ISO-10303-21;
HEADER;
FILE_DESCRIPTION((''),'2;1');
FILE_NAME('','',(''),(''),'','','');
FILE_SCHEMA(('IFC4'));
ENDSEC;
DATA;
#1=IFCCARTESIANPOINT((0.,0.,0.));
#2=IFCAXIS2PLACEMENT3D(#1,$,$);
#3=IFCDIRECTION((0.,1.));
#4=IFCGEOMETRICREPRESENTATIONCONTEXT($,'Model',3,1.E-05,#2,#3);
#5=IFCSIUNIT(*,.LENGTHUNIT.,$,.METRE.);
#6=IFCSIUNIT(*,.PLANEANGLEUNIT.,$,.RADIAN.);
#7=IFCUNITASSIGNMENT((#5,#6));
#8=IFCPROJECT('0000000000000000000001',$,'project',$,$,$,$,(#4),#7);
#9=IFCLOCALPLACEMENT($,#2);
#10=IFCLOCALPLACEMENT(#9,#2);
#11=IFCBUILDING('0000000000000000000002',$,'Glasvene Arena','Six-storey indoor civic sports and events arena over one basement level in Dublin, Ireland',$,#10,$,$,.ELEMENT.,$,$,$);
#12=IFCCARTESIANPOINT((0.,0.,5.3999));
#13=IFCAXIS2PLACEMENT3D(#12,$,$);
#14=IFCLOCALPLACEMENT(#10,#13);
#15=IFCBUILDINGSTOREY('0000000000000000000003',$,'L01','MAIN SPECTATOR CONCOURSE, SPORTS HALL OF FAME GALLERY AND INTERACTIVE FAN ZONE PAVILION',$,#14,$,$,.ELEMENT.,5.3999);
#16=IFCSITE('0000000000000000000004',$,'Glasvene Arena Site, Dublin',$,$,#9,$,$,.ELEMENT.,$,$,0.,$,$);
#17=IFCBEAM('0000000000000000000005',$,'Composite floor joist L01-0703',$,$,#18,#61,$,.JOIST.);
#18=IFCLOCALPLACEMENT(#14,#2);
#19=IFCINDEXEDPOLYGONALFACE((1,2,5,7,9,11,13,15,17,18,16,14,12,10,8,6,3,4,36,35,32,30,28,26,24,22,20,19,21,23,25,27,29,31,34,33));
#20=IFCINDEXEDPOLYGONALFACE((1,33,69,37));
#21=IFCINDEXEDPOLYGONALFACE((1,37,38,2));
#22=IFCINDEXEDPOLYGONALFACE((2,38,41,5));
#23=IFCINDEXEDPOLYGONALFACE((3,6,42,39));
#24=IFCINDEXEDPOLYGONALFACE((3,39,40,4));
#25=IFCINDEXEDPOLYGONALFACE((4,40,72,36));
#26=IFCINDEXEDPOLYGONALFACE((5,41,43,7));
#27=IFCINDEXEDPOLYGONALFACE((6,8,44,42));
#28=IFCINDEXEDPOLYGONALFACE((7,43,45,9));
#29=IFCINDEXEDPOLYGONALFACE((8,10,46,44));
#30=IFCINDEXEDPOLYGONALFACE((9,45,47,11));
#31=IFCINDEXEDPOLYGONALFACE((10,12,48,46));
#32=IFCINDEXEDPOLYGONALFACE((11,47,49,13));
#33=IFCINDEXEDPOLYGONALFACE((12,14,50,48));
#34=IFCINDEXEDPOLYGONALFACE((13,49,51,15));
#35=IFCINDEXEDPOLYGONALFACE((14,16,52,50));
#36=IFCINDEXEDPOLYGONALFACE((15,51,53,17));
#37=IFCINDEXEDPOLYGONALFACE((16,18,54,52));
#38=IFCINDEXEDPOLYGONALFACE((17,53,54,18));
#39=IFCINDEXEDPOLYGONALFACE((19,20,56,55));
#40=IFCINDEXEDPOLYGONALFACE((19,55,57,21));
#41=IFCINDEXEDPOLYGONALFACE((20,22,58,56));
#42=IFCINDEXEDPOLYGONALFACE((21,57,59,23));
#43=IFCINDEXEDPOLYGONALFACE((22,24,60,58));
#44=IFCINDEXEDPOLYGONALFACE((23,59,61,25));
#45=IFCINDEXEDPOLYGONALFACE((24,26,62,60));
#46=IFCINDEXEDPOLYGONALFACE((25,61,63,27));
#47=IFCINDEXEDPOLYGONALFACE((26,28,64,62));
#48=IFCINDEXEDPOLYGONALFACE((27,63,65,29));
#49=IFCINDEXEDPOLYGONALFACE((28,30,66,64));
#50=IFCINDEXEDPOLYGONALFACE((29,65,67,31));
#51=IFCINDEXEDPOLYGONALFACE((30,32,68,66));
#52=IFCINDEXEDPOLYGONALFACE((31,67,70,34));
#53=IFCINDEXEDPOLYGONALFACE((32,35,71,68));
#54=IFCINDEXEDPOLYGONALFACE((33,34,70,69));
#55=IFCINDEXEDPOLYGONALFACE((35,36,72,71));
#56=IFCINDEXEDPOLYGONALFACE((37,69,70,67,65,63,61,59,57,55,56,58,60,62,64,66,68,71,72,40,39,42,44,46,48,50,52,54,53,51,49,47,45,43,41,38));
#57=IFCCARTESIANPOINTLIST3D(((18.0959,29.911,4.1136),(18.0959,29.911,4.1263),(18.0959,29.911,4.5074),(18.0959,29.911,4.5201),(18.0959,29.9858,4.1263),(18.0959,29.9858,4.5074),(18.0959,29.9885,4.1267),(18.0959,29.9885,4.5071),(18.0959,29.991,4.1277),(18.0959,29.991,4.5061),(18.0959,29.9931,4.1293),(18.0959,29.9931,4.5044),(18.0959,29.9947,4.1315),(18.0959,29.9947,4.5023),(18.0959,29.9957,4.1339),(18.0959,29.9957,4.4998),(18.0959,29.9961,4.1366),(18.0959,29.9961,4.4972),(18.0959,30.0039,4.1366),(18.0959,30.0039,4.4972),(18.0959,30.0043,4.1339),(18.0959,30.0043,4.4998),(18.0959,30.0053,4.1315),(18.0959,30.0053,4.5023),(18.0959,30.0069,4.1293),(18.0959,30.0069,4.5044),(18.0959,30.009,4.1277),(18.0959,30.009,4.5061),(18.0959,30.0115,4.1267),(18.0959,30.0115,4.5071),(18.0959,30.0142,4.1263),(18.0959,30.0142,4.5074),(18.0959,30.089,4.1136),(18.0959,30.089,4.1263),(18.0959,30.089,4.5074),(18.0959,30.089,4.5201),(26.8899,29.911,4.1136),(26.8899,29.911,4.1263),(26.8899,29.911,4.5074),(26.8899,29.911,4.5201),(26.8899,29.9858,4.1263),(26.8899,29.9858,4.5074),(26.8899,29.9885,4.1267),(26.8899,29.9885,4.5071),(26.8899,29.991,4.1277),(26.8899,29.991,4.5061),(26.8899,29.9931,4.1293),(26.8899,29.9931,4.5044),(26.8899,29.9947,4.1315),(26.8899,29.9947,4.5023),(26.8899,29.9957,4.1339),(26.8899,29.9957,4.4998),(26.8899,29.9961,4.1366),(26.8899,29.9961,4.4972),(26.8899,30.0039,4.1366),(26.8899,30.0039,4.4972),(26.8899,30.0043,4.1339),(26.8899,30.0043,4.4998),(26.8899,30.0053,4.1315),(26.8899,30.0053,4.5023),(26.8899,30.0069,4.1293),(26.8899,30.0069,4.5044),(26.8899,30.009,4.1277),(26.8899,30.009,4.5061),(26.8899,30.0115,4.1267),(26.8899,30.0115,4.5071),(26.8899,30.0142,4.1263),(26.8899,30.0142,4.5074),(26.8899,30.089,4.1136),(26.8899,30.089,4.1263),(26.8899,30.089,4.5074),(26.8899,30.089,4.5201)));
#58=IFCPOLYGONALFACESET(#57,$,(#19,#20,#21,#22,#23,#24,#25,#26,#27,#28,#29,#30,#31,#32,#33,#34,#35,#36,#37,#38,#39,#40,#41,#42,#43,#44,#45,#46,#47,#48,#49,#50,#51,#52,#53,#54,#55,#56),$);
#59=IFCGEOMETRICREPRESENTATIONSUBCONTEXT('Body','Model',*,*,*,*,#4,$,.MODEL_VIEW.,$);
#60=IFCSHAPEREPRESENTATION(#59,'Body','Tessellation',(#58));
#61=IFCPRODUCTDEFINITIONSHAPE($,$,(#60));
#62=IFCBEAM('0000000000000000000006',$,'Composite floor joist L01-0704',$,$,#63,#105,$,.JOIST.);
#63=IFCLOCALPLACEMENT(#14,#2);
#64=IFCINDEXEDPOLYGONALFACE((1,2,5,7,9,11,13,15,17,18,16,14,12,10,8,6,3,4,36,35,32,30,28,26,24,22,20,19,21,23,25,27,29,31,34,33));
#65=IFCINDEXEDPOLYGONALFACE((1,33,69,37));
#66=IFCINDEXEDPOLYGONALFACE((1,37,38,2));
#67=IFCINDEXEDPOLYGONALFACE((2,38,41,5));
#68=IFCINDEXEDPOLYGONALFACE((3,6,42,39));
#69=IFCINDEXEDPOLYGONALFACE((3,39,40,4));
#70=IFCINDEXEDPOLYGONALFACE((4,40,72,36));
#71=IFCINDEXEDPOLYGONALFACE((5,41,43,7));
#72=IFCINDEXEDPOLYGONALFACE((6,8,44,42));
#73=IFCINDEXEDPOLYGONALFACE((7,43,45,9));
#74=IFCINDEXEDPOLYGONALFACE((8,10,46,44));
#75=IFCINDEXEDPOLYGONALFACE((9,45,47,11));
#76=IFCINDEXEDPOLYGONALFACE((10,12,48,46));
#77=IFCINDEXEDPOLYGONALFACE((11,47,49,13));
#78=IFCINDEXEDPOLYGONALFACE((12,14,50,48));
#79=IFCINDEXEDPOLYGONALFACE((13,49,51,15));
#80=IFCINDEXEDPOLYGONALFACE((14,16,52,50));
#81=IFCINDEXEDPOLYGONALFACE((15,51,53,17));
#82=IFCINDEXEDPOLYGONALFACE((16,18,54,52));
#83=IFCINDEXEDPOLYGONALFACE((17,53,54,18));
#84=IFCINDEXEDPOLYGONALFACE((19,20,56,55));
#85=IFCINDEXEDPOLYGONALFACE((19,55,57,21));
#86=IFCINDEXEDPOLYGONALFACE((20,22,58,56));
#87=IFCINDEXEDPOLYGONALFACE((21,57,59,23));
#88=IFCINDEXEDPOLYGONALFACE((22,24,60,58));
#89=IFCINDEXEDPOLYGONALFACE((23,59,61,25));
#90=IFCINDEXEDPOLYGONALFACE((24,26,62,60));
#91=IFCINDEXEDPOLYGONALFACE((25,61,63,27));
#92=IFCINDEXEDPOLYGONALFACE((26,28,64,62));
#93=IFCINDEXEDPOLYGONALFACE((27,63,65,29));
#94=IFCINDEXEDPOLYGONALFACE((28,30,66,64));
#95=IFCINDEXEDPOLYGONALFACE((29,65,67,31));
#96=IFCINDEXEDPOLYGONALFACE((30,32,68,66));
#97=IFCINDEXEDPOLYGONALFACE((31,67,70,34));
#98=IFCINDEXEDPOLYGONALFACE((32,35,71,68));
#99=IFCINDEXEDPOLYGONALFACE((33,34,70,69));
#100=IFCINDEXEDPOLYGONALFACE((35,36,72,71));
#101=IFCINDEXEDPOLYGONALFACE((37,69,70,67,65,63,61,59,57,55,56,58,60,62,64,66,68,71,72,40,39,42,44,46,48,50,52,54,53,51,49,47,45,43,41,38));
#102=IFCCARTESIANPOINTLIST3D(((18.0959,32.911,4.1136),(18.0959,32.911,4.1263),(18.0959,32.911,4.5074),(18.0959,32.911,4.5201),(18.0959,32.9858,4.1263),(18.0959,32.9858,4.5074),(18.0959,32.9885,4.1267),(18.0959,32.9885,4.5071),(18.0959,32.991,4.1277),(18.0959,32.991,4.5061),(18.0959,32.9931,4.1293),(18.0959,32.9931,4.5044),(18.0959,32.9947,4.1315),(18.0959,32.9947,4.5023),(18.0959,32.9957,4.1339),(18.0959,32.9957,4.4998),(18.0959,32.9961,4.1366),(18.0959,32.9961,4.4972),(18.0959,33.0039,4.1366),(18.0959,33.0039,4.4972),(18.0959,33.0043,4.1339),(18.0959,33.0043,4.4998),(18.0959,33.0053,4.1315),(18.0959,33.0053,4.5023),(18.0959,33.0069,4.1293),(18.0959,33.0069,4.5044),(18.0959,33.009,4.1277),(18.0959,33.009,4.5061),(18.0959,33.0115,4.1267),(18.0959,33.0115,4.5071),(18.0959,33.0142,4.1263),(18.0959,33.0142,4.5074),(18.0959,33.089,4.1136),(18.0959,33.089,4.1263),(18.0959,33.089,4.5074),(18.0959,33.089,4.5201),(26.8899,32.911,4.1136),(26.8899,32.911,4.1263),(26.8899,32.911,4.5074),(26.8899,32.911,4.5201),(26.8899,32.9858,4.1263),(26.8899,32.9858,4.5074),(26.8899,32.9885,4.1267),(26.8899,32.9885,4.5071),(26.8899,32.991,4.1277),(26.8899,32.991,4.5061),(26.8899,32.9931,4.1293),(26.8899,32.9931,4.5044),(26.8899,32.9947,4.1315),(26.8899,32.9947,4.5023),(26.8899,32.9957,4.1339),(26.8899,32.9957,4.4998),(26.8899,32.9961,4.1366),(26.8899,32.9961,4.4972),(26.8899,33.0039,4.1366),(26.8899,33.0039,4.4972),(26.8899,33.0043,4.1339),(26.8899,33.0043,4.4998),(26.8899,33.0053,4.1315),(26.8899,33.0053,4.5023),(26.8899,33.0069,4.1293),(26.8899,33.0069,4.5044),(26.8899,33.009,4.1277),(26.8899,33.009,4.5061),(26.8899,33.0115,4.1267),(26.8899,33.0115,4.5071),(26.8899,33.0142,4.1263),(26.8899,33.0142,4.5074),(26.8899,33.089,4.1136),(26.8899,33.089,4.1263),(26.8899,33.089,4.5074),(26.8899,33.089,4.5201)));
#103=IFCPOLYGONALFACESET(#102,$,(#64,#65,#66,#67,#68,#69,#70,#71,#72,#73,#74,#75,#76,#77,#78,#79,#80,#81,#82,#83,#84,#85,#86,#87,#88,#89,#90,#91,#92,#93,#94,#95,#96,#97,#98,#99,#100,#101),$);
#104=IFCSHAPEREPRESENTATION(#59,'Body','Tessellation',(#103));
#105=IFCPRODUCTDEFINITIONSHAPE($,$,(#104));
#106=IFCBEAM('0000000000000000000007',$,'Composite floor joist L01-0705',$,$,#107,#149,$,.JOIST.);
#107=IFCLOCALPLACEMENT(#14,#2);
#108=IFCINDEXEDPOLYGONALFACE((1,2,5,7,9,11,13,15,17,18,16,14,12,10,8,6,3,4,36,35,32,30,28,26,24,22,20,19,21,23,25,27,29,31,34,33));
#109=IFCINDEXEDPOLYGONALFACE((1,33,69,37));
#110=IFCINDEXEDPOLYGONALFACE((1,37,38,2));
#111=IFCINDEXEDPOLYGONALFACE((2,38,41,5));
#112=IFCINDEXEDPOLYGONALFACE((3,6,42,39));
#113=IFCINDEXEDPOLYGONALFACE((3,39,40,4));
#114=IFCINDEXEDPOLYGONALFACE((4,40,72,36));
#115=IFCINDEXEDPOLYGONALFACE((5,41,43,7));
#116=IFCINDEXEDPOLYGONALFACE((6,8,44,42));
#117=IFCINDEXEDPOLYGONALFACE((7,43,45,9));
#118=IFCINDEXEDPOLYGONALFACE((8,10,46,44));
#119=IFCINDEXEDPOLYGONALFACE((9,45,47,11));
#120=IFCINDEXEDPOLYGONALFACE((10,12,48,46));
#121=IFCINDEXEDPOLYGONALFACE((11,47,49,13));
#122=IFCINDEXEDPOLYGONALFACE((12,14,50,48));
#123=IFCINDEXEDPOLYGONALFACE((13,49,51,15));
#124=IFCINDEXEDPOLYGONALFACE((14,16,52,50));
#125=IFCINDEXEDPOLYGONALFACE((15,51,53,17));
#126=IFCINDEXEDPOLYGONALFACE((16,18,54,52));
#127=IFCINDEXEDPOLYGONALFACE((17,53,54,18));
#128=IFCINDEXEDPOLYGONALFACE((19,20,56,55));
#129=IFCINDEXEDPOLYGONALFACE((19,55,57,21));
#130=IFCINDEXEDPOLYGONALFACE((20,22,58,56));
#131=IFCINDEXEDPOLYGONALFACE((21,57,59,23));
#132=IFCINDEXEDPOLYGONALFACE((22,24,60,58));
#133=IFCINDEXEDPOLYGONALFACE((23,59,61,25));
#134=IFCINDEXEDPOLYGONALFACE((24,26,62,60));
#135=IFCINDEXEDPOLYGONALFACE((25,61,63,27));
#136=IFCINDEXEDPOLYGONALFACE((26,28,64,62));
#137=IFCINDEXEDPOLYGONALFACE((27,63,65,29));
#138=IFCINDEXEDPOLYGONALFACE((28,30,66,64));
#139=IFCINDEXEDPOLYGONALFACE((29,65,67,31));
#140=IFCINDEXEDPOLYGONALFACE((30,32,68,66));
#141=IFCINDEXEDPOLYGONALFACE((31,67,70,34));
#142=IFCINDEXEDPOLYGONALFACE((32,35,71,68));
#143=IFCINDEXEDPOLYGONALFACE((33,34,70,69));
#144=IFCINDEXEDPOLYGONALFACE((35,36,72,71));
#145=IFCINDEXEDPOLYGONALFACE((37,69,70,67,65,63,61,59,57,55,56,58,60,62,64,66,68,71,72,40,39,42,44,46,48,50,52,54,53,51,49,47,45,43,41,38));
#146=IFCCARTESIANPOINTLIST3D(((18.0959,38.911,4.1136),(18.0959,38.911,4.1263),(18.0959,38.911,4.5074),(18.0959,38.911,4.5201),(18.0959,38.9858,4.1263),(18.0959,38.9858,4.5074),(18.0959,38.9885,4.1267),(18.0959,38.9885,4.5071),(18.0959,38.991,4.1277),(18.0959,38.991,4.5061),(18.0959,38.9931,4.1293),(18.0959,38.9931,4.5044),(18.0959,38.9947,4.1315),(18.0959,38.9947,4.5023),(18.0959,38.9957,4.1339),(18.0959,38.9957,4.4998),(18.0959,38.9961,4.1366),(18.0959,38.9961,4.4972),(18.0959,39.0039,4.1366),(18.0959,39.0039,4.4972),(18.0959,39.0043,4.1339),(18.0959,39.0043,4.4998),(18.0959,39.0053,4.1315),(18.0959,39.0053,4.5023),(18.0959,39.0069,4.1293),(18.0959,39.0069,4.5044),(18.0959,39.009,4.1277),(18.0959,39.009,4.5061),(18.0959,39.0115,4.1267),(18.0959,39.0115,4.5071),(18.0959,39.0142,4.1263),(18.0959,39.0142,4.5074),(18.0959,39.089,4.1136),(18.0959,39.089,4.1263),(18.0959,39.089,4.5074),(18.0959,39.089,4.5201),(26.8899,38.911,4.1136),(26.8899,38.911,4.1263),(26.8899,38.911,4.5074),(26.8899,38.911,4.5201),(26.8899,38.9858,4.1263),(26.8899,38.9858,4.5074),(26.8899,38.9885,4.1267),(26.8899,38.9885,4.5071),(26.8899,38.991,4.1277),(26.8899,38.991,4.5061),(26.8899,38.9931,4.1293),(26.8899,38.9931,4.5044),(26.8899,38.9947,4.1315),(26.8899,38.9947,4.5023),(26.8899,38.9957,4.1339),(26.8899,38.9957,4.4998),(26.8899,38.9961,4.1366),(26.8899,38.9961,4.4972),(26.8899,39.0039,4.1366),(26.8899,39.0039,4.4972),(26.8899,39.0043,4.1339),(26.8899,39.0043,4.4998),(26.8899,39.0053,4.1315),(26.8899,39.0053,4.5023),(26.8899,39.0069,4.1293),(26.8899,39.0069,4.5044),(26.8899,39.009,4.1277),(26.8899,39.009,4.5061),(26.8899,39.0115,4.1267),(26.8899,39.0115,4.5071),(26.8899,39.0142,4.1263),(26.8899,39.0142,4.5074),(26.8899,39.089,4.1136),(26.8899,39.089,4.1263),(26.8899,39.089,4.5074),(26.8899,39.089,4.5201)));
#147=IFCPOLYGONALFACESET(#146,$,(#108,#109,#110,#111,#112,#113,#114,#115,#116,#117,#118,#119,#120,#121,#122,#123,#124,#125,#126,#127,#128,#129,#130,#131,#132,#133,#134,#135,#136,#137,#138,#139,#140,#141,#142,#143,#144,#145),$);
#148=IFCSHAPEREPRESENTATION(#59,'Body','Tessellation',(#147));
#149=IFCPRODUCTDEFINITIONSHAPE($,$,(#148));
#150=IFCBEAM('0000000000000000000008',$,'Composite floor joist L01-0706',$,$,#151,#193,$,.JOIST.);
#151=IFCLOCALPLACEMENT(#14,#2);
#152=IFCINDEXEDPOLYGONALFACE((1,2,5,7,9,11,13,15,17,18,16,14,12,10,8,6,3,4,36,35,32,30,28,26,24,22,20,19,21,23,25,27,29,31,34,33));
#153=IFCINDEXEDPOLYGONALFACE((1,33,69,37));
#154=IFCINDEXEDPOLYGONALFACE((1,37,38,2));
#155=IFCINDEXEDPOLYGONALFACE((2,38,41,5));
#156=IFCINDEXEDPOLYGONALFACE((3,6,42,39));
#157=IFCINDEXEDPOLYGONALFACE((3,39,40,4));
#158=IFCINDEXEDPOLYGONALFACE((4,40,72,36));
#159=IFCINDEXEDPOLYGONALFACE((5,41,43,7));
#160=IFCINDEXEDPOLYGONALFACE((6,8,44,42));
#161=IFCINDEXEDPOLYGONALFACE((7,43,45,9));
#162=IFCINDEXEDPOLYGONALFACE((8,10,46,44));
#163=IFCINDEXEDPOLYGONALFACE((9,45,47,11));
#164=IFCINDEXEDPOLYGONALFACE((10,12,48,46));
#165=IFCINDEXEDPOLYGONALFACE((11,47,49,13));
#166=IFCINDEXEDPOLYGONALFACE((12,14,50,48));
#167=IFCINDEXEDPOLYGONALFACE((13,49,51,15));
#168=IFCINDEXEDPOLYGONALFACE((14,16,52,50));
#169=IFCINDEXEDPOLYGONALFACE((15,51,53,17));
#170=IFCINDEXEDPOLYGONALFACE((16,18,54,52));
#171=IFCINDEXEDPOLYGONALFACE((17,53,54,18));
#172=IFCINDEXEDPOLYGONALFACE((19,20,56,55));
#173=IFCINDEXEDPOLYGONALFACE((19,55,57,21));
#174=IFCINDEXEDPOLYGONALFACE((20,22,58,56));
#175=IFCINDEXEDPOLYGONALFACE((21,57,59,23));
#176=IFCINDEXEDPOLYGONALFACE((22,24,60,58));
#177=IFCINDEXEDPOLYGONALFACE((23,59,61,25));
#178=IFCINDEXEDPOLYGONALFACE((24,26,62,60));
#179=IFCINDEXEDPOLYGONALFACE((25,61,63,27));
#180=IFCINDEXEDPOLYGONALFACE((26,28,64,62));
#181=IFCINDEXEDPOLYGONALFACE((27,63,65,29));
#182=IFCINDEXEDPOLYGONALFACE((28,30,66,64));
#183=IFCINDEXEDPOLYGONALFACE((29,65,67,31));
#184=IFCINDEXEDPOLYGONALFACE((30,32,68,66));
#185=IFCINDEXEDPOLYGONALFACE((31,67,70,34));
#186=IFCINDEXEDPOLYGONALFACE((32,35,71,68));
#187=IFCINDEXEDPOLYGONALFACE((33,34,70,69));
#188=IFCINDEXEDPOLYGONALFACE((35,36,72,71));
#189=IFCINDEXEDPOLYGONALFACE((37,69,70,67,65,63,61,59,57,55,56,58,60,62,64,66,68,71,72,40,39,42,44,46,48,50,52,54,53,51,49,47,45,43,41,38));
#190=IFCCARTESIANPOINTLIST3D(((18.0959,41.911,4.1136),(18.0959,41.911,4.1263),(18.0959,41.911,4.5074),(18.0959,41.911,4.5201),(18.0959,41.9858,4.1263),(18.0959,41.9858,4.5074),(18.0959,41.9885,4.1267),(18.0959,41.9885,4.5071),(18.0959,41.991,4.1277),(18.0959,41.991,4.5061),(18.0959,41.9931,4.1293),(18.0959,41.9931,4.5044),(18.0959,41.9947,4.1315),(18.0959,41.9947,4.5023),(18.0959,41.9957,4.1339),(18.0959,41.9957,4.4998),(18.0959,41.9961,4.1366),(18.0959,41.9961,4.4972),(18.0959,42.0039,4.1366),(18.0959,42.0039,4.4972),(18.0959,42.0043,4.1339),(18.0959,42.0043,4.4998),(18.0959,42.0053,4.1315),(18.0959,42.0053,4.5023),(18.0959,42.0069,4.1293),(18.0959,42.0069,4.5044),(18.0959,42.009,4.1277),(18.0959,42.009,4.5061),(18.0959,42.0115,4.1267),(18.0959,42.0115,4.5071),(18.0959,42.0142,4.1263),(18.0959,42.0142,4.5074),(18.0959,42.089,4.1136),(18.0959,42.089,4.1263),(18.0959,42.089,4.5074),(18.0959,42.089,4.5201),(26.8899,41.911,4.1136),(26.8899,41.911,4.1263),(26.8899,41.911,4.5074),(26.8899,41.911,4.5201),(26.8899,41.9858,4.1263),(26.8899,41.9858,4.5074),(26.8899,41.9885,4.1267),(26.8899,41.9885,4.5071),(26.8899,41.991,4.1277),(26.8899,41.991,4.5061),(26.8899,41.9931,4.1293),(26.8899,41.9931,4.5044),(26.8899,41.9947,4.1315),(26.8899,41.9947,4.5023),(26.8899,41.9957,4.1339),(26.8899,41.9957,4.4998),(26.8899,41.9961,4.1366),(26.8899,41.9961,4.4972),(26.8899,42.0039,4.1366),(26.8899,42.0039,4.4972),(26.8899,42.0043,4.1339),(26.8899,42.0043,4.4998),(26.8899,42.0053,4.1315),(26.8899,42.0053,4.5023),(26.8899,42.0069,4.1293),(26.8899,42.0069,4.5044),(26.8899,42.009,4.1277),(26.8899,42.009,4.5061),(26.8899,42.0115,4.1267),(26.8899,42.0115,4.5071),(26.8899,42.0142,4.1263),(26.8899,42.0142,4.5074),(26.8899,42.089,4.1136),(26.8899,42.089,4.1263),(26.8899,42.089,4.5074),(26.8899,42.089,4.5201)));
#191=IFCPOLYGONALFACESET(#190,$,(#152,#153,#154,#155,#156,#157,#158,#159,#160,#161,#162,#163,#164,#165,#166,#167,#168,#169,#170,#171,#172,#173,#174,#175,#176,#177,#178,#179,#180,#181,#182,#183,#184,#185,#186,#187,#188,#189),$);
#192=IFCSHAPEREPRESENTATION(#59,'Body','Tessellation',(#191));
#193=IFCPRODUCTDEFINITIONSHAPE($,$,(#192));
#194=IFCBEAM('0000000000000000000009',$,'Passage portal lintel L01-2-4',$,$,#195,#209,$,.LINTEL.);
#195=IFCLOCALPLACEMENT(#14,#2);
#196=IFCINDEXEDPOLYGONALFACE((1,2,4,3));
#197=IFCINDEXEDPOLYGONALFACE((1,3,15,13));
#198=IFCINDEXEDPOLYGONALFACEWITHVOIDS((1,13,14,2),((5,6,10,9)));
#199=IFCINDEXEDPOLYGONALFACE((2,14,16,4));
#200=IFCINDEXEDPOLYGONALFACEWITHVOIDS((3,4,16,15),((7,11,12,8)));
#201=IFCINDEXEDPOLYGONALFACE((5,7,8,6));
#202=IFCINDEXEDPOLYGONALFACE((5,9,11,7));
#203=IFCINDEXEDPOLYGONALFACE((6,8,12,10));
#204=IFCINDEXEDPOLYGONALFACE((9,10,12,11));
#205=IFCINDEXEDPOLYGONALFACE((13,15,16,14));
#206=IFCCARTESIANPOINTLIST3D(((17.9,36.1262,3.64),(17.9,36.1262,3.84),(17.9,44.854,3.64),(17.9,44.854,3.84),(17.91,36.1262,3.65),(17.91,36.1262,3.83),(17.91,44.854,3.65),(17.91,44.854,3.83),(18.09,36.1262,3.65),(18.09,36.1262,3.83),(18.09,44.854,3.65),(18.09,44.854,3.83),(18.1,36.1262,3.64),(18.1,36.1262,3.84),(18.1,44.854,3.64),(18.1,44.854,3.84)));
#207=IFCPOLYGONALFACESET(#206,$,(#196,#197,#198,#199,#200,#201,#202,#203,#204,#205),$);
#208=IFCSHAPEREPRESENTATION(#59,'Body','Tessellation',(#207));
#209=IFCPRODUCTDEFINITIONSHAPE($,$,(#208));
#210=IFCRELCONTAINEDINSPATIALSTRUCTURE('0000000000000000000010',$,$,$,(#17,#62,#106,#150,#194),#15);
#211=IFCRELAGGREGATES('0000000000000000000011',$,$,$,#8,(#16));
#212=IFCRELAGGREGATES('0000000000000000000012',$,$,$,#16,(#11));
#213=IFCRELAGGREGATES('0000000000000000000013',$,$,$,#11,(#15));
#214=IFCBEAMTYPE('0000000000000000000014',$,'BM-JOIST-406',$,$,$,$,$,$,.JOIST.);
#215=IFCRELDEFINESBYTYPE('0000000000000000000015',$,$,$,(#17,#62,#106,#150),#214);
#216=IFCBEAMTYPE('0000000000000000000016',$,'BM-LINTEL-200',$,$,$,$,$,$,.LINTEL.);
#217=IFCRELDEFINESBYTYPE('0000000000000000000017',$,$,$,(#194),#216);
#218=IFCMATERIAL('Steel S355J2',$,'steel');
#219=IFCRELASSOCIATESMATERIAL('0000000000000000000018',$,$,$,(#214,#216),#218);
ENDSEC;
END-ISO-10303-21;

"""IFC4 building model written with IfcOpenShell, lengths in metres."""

from ifc_helpers import new_model, si_unit, direction, frame, origin, origin_2d, place, context, subcontext, project, spatial, hollow_rectangle, i_section, extrude, material, material_profile, profile_set, type_object, element, save


model = new_model("IFC4")

# Units and contexts
model_context = context("Model", 3, precision=1e-05, world=origin(), true_north=direction((0.0, 1.0)))
body_context = subcontext(model_context, "Body", "Model", "MODEL_VIEW")
ifc_project = project(units=[si_unit("LENGTHUNIT", "METRE"), si_unit("PLANEANGLEUNIT", "RADIAN")], contexts=[model_context])

# Site, building, storey
site_placement = place(None, origin())
site = spatial("IfcSite", under=ifc_project, at=site_placement, Name="Glasvene Arena Site, Dublin", CompositionType="ELEMENT", RefElevation=0.0)
building_placement = place(site_placement, origin())
building = spatial("IfcBuilding", under=site, at=building_placement, Name="Glasvene Arena", Description="Six-storey indoor civic sports and events arena over one basement level in Dublin, Ireland", CompositionType="ELEMENT")
storey_placement = place(building_placement, frame((0.0, 0.0, 5.3999)))
storey = spatial("IfcBuildingStorey", under=building, at=storey_placement, Name="L01", Description="MAIN SPECTATOR CONCOURSE, SPORTS HALL OF FAME GALLERY AND INTERACTIVE FAN ZONE PAVILION", CompositionType="ELEMENT", Elevation=5.3999)

# Shared definitions
ifc_material_1 = material(Name="Steel S355J2", Category="steel")

# Beams
ifc_material_profile_1 = material_profile(ifc_material_1, i_section(OverallWidth=0.178, OverallDepth=0.4065, WebThickness=0.0078, FlangeThickness=0.0127, FilletRadius=0.0103, at=origin_2d()), Name="UKB 406x178x60")
ifc_profile_set_1 = profile_set([ifc_material_profile_1], Name="Steel S355J2")
beam_type_1 = type_object("IfcBeamType", Name="BM-JOIST-406", PredefinedType="JOIST", material=ifc_profile_set_1)
for number, where, z_axis, x_axis, name in (
    (1, (18.0959, 30.0, 4.3169), (1.0, 0.0, 0.0), (0.0, 1.0, 0.0), "Composite floor joist L01-0703"),
    (2, (18.0959, 33.0, 4.3169), (1.0, 0.0, 0.0), (0.0, 1.0, 0.0), "Composite floor joist L01-0704"),
    (3, (18.0959, 39.0, 4.3169), (1.0, 0.0, 0.0), (0.0, 1.0, 0.0), "Composite floor joist L01-0705"),
    (4, (18.0959, 42.0, 4.3169), (1.0, 0.0, 0.0), (0.0, 1.0, 0.0), "Composite floor joist L01-0706"),
):
    element("IfcBeam", number, at=place(storey_placement, frame(where, z_axis=z_axis, x_axis=x_axis)), inside=storey, type_object=beam_type_1, Name=name, PredefinedType="JOIST", context=body_context, shape_type="SweptSolid", body=[
        extrude(i_section(OverallWidth=0.178, OverallDepth=0.4065, WebThickness=0.0078, FlangeThickness=0.0127, FilletRadius=0.0103, at=origin_2d()), origin(), (0.0, 0.0, 1.0), 8.7939),
    ])
ifc_material_profile_2 = material_profile(ifc_material_1, hollow_rectangle(XDim=0.2, YDim=0.2, WallThickness=0.01, at=origin_2d()), Name="SHS 200x200x10.0")
ifc_profile_set_2 = profile_set([ifc_material_profile_2], Name="Steel S355J2")
beam_type_2 = type_object("IfcBeamType", Name="BM-LINTEL-200", PredefinedType="LINTEL", material=ifc_profile_set_2)
beam_1_placement = place(storey_placement, frame((18.0, 36.1262, 3.74), z_axis=(0.0, 1.0, 0.0), x_axis=(-1.0, 0.0, 0.0)))
element("IfcBeam", 5, at=beam_1_placement, inside=storey, type_object=beam_type_2, Name="Passage portal lintel L01-2-4", PredefinedType="LINTEL", context=body_context, shape_type="SweptSolid", body=[
    extrude(hollow_rectangle(XDim=0.2, YDim=0.2, WallThickness=0.01, at=origin_2d()), origin(), (0.0, 0.0, 1.0), 8.7278),
])

save(model, "model.ifc")
